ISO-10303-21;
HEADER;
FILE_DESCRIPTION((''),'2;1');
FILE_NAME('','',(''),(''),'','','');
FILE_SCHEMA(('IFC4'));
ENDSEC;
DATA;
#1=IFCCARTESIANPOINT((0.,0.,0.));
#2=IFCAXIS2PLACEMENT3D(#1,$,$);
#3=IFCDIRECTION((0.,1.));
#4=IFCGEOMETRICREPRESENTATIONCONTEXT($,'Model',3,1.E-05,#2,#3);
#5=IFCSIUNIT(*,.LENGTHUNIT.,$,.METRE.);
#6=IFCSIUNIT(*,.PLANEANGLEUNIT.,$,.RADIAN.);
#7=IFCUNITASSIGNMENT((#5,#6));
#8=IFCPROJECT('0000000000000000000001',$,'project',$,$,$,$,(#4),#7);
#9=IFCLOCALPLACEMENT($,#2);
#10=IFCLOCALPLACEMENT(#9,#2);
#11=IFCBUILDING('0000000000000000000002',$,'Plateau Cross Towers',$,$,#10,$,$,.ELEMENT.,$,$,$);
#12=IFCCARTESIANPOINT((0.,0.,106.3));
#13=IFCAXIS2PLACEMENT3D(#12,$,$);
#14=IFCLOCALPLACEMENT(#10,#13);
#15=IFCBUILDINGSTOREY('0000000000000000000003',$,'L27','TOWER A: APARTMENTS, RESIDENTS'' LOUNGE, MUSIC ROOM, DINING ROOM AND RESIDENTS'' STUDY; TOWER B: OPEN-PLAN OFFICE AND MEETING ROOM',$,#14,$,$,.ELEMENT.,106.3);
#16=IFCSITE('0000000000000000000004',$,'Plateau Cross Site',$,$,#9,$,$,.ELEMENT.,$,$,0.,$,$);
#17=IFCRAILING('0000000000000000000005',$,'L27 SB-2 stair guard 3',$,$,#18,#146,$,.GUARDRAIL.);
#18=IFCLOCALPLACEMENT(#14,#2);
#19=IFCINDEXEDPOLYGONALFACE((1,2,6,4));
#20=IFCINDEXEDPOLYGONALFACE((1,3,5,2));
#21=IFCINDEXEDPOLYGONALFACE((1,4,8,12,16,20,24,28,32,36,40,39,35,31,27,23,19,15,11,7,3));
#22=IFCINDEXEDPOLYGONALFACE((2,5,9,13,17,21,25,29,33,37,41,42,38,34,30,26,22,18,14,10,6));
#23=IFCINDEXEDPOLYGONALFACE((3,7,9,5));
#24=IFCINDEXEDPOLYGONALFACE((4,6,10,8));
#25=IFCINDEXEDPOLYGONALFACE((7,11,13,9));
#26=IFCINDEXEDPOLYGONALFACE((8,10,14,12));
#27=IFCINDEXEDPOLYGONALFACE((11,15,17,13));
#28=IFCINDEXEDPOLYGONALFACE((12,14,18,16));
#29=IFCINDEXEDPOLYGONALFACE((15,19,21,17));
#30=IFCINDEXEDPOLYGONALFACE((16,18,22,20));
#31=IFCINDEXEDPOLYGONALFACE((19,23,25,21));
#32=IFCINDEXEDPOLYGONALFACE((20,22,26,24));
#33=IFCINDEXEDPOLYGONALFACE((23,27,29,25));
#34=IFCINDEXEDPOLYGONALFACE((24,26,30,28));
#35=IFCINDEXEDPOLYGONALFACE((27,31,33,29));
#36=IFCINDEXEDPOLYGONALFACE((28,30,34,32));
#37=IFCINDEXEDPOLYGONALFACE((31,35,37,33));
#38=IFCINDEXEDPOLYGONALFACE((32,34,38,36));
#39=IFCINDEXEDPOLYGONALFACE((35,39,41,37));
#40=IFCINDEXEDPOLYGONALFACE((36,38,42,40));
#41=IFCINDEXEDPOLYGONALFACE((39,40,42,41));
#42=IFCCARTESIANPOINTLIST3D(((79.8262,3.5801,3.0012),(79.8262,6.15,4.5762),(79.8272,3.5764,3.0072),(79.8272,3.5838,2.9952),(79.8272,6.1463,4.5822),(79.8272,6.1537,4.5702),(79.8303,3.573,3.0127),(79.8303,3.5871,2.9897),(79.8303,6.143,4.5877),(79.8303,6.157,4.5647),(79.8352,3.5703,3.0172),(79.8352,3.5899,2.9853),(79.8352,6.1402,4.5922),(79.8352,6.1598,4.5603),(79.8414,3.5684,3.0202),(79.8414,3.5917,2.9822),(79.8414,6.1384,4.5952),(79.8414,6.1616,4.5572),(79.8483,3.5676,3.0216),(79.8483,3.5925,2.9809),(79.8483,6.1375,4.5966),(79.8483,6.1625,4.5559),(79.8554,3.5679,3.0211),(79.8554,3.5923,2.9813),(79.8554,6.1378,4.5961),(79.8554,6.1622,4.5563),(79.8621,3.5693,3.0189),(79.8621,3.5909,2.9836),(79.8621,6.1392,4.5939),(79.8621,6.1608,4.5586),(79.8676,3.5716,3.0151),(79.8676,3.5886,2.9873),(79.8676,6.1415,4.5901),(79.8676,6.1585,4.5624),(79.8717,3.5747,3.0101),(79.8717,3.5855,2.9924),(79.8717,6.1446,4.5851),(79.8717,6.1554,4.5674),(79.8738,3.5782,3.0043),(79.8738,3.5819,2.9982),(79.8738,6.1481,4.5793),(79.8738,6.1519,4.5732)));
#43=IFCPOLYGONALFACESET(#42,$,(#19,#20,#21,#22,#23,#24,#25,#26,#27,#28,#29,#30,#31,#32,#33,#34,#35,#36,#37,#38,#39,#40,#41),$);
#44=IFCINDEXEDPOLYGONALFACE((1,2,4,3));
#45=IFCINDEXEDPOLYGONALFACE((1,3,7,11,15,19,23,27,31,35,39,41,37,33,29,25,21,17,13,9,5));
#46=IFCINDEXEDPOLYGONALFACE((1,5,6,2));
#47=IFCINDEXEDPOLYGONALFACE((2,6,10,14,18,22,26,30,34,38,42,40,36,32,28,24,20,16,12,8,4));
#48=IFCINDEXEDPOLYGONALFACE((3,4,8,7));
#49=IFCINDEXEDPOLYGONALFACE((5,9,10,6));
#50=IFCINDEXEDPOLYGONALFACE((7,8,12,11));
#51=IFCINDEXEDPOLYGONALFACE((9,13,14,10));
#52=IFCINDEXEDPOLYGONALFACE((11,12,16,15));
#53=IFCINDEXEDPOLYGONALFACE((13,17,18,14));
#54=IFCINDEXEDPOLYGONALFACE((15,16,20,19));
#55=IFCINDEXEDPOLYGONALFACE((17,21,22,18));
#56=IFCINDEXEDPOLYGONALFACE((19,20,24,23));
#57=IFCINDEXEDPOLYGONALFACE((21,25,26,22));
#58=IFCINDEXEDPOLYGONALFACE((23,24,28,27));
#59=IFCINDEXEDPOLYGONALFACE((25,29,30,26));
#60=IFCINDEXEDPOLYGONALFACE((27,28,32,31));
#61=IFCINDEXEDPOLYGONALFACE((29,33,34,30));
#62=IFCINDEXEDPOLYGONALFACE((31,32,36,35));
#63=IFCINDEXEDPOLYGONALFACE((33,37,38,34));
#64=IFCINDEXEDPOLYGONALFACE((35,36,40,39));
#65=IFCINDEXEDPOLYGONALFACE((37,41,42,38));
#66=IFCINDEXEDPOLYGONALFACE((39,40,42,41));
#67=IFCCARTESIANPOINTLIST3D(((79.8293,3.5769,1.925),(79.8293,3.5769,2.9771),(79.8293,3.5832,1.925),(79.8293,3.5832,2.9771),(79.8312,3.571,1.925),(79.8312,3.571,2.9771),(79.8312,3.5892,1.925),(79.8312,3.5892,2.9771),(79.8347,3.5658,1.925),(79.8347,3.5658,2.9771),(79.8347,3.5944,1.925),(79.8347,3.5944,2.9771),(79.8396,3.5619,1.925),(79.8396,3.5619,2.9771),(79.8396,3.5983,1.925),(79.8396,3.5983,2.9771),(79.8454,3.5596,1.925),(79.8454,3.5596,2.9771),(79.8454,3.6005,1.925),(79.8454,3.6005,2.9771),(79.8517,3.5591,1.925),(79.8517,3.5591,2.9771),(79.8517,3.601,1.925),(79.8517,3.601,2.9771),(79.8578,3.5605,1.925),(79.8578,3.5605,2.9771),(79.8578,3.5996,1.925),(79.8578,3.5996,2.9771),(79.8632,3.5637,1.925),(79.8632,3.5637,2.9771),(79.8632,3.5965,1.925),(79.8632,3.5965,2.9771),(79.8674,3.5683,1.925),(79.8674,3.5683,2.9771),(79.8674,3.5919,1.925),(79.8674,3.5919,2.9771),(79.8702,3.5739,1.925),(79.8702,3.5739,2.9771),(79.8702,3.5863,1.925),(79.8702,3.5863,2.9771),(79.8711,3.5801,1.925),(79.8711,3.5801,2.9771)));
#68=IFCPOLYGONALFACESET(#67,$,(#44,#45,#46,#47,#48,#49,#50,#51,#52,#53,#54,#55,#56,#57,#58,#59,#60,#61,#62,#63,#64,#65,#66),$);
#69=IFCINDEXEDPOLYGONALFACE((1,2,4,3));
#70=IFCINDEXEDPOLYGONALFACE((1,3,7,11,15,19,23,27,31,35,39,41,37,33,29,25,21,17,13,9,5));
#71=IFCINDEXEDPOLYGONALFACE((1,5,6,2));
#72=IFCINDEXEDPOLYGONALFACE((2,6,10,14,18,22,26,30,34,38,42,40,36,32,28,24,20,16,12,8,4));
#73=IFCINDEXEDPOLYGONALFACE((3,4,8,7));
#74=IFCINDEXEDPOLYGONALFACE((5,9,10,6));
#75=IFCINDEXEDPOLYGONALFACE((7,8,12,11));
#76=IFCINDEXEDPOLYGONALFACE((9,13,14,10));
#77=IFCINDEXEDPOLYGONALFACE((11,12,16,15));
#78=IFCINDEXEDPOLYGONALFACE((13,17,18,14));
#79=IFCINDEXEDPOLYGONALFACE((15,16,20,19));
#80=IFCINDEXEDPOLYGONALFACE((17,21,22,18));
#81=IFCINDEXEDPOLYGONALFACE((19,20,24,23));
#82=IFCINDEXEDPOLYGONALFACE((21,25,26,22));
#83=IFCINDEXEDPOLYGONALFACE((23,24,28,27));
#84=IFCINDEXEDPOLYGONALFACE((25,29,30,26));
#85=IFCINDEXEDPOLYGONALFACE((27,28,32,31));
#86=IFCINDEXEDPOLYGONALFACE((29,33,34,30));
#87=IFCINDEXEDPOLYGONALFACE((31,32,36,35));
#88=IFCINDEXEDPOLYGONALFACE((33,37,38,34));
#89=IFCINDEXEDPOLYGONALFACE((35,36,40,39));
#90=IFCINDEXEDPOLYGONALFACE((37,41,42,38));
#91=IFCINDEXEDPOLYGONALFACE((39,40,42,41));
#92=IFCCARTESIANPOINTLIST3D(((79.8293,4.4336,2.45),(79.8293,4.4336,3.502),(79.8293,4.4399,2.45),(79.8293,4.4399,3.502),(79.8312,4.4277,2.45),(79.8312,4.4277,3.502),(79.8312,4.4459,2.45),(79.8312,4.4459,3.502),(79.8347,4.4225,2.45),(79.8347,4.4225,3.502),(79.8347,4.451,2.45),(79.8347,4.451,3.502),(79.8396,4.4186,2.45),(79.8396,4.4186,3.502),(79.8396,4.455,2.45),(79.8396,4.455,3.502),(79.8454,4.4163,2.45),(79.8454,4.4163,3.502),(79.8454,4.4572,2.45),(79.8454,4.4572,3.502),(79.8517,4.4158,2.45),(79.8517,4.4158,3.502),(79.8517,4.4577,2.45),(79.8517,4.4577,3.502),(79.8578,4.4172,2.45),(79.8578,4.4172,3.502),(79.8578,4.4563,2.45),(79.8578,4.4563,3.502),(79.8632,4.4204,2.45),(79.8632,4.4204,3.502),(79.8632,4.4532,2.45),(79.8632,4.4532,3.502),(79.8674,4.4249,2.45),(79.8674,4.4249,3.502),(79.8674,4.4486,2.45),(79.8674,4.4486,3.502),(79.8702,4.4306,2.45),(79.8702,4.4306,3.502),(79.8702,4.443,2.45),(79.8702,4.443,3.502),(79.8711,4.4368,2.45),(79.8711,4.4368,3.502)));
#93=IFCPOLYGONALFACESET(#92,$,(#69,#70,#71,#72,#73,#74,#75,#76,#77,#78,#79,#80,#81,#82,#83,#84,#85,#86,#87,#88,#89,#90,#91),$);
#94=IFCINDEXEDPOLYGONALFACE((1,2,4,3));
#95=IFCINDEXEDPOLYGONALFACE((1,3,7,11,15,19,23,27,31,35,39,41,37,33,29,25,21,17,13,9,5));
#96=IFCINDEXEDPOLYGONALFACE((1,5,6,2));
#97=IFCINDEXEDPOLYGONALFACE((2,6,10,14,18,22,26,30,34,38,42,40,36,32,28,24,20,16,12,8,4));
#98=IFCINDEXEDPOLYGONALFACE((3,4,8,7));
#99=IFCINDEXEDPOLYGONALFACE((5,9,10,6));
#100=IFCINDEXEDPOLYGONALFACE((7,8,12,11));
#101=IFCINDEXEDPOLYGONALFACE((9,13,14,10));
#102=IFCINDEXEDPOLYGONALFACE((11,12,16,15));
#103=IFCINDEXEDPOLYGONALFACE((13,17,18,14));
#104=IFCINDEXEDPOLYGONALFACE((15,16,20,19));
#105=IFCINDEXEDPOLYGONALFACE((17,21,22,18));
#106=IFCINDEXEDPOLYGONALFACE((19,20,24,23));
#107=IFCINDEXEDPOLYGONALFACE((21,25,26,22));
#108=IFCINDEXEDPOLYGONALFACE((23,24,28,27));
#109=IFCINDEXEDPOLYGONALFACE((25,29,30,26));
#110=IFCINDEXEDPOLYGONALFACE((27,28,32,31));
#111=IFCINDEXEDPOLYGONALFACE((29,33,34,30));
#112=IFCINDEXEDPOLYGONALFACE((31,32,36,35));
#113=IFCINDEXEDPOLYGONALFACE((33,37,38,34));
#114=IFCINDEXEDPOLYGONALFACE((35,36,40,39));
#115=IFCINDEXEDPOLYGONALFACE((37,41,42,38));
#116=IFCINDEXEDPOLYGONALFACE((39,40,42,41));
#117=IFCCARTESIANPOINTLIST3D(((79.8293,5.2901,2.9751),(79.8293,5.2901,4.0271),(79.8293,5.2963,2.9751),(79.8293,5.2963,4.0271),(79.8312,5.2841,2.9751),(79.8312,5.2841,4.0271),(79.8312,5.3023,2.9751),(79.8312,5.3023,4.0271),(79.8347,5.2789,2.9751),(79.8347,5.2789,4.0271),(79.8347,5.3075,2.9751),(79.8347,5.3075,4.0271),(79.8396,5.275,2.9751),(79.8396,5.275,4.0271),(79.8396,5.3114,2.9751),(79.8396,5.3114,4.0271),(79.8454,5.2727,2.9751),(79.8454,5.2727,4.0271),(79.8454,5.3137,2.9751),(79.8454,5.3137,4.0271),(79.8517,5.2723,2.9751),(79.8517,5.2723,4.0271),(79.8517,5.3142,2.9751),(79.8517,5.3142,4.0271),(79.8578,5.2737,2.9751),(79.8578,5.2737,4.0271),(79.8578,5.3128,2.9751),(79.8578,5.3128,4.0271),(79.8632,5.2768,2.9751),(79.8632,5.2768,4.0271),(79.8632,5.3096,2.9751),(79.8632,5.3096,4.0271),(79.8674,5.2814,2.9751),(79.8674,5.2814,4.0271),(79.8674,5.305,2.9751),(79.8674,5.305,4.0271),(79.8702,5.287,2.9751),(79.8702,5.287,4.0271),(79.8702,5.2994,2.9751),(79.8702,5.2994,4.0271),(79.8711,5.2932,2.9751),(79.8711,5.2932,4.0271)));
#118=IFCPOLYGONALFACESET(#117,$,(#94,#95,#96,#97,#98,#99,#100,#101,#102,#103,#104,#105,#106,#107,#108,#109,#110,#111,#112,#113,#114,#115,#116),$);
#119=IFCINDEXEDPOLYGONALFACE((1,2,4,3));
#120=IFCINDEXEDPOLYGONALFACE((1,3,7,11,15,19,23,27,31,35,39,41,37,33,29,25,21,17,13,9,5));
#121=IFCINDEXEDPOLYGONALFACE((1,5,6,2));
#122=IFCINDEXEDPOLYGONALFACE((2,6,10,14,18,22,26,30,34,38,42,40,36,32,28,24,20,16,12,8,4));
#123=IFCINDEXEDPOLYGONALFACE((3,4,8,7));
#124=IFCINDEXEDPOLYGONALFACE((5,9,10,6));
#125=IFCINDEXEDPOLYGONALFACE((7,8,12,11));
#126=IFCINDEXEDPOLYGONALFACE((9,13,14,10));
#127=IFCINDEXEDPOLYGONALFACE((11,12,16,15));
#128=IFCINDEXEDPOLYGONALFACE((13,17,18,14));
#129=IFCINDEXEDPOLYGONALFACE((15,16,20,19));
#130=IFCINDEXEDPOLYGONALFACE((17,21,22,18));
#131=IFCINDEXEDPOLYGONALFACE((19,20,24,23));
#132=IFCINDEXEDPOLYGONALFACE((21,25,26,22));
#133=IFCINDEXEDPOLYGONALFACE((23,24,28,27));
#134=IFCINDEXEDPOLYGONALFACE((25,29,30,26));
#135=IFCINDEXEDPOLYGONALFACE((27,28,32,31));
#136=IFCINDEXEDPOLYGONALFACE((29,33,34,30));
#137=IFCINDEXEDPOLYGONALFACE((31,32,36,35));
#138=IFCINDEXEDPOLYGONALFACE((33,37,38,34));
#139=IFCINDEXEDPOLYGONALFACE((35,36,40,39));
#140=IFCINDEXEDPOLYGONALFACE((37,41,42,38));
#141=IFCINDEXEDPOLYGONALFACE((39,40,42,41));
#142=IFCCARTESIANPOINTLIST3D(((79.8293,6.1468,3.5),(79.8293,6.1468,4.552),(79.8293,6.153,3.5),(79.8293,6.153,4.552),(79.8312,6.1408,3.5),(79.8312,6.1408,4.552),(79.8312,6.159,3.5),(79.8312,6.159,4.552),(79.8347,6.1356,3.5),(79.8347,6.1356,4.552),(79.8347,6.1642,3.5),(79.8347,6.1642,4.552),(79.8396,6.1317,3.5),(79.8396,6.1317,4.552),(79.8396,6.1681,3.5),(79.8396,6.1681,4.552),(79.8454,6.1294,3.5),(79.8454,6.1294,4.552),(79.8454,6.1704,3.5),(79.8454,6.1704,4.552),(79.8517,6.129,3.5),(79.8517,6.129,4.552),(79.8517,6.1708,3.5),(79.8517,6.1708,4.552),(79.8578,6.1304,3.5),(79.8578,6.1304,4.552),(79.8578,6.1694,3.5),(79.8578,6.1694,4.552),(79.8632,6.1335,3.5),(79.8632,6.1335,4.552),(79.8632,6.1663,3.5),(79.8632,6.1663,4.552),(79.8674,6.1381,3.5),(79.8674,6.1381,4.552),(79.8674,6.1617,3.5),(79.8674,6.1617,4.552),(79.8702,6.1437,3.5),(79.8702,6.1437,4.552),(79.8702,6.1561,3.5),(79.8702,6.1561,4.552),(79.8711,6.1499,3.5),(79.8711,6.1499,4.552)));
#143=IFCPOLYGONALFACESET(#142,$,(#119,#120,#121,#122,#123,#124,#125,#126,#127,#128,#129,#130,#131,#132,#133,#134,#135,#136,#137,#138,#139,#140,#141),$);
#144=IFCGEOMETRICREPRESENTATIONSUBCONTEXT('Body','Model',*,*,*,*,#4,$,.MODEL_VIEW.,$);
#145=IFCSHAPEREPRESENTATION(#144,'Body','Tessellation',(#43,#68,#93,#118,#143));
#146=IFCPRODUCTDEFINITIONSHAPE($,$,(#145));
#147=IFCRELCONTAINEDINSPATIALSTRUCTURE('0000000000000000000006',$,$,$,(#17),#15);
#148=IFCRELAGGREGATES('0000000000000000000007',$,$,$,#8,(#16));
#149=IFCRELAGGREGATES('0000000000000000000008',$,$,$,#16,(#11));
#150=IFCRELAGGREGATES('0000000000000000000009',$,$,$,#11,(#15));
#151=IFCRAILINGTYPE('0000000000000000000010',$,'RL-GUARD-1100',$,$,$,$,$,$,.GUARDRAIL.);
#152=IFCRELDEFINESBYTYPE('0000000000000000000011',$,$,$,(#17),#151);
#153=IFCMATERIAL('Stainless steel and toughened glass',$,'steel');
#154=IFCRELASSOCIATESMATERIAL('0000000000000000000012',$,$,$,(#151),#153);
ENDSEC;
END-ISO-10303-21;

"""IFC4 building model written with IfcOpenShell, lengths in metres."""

from ifc_helpers import new_model, si_unit, direction, frame, origin, origin_2d, place, context, subcontext, project, spatial, circle, extrude, material, type_object, element, save


model = new_model("IFC4")

# Units and contexts
model_context = context("Model", 3, precision=1e-05, world=origin(), true_north=direction((0.0, 1.0)))
body_context = subcontext(model_context, "Body", "Model", "MODEL_VIEW")
ifc_project = project(units=[si_unit("LENGTHUNIT", "METRE"), si_unit("PLANEANGLEUNIT", "RADIAN")], contexts=[model_context])

# Site, building, storey
site_placement = place(None, origin())
site = spatial("IfcSite", under=ifc_project, at=site_placement, Name="Plateau Cross Site", CompositionType="ELEMENT", RefElevation=0.0)
building_placement = place(site_placement, origin())
building = spatial("IfcBuilding", under=site, at=building_placement, Name="Plateau Cross Towers", CompositionType="ELEMENT")
storey_placement = place(building_placement, frame((0.0, 0.0, 106.3)))
storey = spatial("IfcBuildingStorey", under=building, at=storey_placement, Name="L27", Description="TOWER A: APARTMENTS, RESIDENTS' LOUNGE, MUSIC ROOM, DINING ROOM AND RESIDENTS' STUDY; TOWER B: OPEN-PLAN OFFICE AND MEETING ROOM", CompositionType="ELEMENT", Elevation=106.3)

# Railing
ifc_material_1 = material(Name="Stainless steel and toughened glass", Category="steel")
railing_type_1 = type_object("IfcRailingType", Name="RL-GUARD-1100", PredefinedType="GUARDRAIL", material=ifc_material_1)
railing_1_placement = place(storey_placement, frame((79.8501, 3.5801, 1.925)))
element("IfcRailing", 1, at=railing_1_placement, inside=storey, type_object=railing_type_1, Name="L27 SB-2 stair guard 3", PredefinedType="GUARDRAIL", context=body_context, shape_type="SweptSolid", body=[
    extrude(circle(Radius=0.0239, at=origin_2d()), frame((0.0, 0.0, 1.0762), z_axis=(0.0, 0.852616, 0.522537), x_axis=(-1.0, 0.0, 0.0)), (0.0, 0.0, 1.0), 3.0142),
    extrude(circle(Radius=0.021, at=origin_2d()), origin(), (0.0, 0.0, 1.0), 1.052),
    extrude(circle(Radius=0.021, at=origin_2d()), frame((0.0, 0.8567, 0.5249)), (0.0, 0.0, 1.0), 1.052),
    extrude(circle(Radius=0.021, at=origin_2d()), frame((0.0, 1.7131, 1.05)), (0.0, 0.0, 1.0), 1.052),
    extrude(circle(Radius=0.021, at=origin_2d()), frame((0.0, 2.5698, 1.575)), (0.0, 0.0, 1.0), 1.052),
])

save(model, "model.ifc")
